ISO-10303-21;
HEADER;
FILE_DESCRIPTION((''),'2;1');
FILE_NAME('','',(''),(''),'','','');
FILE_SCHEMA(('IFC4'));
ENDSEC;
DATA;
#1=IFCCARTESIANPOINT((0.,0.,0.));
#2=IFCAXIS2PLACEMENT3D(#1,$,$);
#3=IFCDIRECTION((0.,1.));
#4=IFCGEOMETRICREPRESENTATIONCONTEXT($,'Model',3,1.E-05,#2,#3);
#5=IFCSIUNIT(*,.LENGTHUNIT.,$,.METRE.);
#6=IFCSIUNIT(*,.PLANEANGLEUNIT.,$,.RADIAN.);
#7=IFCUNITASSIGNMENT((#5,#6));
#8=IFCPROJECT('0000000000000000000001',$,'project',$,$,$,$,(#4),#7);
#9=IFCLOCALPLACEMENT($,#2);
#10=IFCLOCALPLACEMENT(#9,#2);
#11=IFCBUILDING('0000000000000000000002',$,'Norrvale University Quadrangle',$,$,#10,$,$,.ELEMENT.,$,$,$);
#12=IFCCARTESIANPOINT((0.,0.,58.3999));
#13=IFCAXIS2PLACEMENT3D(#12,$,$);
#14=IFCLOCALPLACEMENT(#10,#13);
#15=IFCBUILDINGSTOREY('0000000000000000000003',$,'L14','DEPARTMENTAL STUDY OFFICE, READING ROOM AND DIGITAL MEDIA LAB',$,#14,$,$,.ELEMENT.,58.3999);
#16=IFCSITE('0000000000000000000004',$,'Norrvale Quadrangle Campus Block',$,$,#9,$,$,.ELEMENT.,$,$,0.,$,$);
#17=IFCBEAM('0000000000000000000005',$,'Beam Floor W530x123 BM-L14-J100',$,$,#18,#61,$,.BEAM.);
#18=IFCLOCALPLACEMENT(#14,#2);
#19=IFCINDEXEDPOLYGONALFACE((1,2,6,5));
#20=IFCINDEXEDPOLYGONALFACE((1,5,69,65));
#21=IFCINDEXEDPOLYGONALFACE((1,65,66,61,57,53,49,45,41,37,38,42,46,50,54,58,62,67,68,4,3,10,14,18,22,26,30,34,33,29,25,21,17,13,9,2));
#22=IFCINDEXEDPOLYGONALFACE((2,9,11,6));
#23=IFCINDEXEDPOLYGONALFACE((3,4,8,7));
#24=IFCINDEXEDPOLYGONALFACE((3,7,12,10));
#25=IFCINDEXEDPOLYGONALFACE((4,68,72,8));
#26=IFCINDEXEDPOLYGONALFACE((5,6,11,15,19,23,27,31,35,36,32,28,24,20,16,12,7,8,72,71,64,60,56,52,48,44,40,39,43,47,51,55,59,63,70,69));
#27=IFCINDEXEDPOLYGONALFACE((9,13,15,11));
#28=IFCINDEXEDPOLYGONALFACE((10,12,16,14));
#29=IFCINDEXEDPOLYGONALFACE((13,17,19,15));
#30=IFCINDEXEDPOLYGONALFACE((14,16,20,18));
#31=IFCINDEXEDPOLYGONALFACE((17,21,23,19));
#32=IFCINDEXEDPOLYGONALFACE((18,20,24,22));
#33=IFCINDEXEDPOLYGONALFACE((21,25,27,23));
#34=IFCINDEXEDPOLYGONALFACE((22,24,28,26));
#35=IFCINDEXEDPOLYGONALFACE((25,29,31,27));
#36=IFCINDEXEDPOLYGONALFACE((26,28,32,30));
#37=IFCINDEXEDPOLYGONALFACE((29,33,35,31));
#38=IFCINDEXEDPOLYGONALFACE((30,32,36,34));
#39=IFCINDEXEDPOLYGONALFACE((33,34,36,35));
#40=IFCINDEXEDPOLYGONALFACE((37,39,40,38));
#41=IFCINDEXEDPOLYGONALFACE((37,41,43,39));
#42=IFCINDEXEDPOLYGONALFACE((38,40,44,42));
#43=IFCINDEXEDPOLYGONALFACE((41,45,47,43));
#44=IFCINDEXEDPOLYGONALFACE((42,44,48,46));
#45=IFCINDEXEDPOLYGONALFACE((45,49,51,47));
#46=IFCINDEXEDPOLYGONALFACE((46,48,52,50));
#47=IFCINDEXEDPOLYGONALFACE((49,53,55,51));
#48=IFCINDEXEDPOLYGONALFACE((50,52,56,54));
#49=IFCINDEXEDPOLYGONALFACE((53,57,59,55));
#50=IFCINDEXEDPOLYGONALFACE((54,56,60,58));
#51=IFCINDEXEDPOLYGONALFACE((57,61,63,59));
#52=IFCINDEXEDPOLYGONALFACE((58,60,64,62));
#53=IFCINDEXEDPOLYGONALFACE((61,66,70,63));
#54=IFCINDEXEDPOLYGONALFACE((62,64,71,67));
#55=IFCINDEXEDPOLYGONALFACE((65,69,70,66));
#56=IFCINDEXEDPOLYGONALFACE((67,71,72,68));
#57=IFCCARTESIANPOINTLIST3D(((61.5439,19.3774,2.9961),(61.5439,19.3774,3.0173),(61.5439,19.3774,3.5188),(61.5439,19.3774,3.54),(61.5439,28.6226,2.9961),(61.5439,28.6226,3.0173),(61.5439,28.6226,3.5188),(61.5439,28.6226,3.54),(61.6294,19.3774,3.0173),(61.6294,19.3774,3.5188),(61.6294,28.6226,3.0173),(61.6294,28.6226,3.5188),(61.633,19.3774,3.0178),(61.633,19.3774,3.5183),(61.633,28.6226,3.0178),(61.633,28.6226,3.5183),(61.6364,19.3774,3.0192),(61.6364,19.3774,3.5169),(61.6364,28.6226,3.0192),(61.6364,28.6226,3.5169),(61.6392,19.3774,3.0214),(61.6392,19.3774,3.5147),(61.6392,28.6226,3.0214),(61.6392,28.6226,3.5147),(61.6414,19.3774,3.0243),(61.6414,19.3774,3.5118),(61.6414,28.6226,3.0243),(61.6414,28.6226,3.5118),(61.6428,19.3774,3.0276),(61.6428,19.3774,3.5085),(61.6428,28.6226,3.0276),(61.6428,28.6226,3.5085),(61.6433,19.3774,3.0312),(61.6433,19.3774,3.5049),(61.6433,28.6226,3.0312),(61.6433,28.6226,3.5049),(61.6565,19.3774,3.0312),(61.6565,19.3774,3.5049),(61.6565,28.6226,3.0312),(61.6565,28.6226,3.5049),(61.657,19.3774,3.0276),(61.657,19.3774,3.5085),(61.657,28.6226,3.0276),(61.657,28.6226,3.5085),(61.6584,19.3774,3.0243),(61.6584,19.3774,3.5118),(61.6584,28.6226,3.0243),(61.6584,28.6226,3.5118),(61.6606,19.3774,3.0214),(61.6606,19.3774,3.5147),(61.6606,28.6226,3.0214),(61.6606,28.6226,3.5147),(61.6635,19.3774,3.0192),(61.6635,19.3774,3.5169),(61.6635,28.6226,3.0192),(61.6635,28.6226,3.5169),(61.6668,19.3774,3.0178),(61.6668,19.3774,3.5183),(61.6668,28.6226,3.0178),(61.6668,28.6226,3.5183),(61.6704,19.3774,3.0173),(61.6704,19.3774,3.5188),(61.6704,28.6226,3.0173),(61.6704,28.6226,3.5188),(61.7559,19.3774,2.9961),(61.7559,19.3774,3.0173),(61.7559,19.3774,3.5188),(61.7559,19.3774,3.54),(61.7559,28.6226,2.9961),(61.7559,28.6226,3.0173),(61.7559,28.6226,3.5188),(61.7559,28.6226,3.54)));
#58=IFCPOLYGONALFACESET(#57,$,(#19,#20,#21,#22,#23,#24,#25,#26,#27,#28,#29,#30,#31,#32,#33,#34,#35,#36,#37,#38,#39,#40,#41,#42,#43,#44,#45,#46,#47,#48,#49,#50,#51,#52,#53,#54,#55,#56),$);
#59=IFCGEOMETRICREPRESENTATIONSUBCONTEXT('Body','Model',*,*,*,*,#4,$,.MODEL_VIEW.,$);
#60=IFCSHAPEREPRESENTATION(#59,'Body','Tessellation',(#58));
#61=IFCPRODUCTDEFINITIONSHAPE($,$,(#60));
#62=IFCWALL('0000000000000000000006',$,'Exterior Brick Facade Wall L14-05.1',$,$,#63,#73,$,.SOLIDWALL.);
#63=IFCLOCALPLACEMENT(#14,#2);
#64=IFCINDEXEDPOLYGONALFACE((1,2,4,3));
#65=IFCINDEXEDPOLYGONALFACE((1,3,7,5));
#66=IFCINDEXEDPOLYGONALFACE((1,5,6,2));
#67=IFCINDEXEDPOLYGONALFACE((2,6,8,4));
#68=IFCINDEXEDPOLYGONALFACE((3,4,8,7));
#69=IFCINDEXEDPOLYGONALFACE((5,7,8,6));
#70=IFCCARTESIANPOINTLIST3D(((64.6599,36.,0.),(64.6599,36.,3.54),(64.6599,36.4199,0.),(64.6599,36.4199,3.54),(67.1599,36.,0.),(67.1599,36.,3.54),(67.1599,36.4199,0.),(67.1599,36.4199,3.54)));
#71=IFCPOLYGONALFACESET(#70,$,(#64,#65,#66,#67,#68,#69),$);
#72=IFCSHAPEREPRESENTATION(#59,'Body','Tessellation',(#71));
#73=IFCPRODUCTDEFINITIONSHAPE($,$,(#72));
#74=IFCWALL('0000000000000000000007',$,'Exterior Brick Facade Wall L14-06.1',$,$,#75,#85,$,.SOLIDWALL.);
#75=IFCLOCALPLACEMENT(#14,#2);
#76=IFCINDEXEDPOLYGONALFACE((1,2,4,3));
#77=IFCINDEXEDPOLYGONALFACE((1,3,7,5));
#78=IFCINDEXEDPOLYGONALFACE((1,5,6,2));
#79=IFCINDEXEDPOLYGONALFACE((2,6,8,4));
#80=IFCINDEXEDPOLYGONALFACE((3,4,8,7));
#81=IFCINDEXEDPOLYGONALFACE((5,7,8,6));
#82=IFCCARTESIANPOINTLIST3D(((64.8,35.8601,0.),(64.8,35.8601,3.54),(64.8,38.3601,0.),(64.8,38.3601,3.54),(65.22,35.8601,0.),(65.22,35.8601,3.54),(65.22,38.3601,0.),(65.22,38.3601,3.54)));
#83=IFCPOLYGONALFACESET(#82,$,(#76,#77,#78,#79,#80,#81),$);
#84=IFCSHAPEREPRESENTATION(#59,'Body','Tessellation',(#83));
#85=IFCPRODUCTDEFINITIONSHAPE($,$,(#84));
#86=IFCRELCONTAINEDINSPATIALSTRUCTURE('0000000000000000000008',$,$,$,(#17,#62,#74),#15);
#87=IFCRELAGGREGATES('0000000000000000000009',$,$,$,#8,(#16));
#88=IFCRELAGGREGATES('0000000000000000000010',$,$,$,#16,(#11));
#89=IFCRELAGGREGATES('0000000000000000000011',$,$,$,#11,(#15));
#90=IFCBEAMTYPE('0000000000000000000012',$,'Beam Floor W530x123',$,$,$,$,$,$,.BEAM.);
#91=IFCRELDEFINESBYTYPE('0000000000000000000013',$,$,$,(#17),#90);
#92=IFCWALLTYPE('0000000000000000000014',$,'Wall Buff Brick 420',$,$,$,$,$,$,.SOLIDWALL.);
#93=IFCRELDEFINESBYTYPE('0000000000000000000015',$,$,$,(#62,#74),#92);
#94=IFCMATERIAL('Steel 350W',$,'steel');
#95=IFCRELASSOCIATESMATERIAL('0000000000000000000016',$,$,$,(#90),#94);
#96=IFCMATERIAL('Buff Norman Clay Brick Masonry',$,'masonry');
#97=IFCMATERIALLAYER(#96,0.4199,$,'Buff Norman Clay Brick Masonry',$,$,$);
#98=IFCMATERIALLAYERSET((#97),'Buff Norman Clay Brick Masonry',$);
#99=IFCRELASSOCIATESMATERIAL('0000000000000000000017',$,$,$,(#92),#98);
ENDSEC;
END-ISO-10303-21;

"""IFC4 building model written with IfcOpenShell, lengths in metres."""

from ifc_helpers import new_model, si_unit, direction, frame, frame_2d, origin, origin_2d, place, context, subcontext, project, spatial, rectangle, i_section, extrude, material, layer, layer_set, material_profile, profile_set, type_object, element, save


model = new_model("IFC4")

# Units and contexts
model_context = context("Model", 3, precision=1e-05, world=origin(), true_north=direction((0.0, 1.0)))
body_context = subcontext(model_context, "Body", "Model", "MODEL_VIEW")
ifc_project = project(units=[si_unit("LENGTHUNIT", "METRE"), si_unit("PLANEANGLEUNIT", "RADIAN")], contexts=[model_context])

# Site, building, storey
site_placement = place(None, origin())
site = spatial("IfcSite", under=ifc_project, at=site_placement, Name="Norrvale Quadrangle Campus Block", CompositionType="ELEMENT", RefElevation=0.0)
building_placement = place(site_placement, origin())
building = spatial("IfcBuilding", under=site, at=building_placement, Name="Norrvale University Quadrangle", CompositionType="ELEMENT")
storey_placement = place(building_placement, frame((0.0, 0.0, 58.3999)))
storey = spatial("IfcBuildingStorey", under=building, at=storey_placement, Name="L14", Description="DEPARTMENTAL STUDY OFFICE, READING ROOM AND DIGITAL MEDIA LAB", CompositionType="ELEMENT", Elevation=58.3999)

# Beam
ifc_material_1 = material(Name="Steel 350W", Category="steel")
ifc_material_profile_1 = material_profile(ifc_material_1, i_section(OverallWidth=0.2119, OverallDepth=0.5439, WebThickness=0.0132, FlangeThickness=0.0212, FilletRadius=0.0139, at=origin_2d()), Name="Steel 350W")
ifc_profile_set_1 = profile_set([ifc_material_profile_1], Name="Steel 350W")
beam_type_1 = type_object("IfcBeamType", Name="Beam Floor W530x123", PredefinedType="BEAM", material=ifc_profile_set_1)
beam_1_placement = place(storey_placement, frame((61.6499, 19.3774, 3.2681), z_axis=(0.0, 1.0, 0.0), x_axis=(-1.0, 0.0, 0.0)))
element("IfcBeam", 1, at=beam_1_placement, inside=storey, type_object=beam_type_1, Name="Beam Floor W530x123 BM-L14-J100", PredefinedType="BEAM", context=body_context, shape_type="SweptSolid", body=[
    extrude(i_section(OverallWidth=0.2119, OverallDepth=0.5439, WebThickness=0.0132, FlangeThickness=0.0212, FilletRadius=0.0139, at=origin_2d()), origin(), (0.0, 0.0, 1.0), 9.2451),
])

# Walls
ifc_material_2 = material(Name="Buff Norman Clay Brick Masonry", Category="masonry")
ifc_layer = layer(ifc_material_2, 0.4199, Name="Buff Norman Clay Brick Masonry")
ifc_layer_set = layer_set([ifc_layer], Name="Buff Norman Clay Brick Masonry")
wall_type = type_object("IfcWallType", Name="Wall Buff Brick 420", PredefinedType="SOLIDWALL", material=ifc_layer_set)
for number, where, z_axis, x_axis, name in (
    (2, (67.1599, 36.21, 0.0), (0.0, 0.0, 1.0), (-1.0, 0.0, 0.0), "Exterior Brick Facade Wall L14-05.1"),
    (3, (65.01, 35.8601, 0.0), (0.0, 0.0, 1.0), (0.0, 1.0, 0.0), "Exterior Brick Facade Wall L14-06.1"),
):
    element("IfcWall", number, at=place(storey_placement, frame(where, z_axis=z_axis, x_axis=x_axis)), inside=storey, type_object=wall_type, Name=name, PredefinedType="SOLIDWALL", context=body_context, shape_type="SweptSolid", body=[
        extrude(rectangle(XDim=2.5, YDim=0.4199, at=frame_2d((1.25, 0.0))), origin(), (0.0, 0.0, 1.0), 3.54),
    ])

save(model, "model.ifc")
